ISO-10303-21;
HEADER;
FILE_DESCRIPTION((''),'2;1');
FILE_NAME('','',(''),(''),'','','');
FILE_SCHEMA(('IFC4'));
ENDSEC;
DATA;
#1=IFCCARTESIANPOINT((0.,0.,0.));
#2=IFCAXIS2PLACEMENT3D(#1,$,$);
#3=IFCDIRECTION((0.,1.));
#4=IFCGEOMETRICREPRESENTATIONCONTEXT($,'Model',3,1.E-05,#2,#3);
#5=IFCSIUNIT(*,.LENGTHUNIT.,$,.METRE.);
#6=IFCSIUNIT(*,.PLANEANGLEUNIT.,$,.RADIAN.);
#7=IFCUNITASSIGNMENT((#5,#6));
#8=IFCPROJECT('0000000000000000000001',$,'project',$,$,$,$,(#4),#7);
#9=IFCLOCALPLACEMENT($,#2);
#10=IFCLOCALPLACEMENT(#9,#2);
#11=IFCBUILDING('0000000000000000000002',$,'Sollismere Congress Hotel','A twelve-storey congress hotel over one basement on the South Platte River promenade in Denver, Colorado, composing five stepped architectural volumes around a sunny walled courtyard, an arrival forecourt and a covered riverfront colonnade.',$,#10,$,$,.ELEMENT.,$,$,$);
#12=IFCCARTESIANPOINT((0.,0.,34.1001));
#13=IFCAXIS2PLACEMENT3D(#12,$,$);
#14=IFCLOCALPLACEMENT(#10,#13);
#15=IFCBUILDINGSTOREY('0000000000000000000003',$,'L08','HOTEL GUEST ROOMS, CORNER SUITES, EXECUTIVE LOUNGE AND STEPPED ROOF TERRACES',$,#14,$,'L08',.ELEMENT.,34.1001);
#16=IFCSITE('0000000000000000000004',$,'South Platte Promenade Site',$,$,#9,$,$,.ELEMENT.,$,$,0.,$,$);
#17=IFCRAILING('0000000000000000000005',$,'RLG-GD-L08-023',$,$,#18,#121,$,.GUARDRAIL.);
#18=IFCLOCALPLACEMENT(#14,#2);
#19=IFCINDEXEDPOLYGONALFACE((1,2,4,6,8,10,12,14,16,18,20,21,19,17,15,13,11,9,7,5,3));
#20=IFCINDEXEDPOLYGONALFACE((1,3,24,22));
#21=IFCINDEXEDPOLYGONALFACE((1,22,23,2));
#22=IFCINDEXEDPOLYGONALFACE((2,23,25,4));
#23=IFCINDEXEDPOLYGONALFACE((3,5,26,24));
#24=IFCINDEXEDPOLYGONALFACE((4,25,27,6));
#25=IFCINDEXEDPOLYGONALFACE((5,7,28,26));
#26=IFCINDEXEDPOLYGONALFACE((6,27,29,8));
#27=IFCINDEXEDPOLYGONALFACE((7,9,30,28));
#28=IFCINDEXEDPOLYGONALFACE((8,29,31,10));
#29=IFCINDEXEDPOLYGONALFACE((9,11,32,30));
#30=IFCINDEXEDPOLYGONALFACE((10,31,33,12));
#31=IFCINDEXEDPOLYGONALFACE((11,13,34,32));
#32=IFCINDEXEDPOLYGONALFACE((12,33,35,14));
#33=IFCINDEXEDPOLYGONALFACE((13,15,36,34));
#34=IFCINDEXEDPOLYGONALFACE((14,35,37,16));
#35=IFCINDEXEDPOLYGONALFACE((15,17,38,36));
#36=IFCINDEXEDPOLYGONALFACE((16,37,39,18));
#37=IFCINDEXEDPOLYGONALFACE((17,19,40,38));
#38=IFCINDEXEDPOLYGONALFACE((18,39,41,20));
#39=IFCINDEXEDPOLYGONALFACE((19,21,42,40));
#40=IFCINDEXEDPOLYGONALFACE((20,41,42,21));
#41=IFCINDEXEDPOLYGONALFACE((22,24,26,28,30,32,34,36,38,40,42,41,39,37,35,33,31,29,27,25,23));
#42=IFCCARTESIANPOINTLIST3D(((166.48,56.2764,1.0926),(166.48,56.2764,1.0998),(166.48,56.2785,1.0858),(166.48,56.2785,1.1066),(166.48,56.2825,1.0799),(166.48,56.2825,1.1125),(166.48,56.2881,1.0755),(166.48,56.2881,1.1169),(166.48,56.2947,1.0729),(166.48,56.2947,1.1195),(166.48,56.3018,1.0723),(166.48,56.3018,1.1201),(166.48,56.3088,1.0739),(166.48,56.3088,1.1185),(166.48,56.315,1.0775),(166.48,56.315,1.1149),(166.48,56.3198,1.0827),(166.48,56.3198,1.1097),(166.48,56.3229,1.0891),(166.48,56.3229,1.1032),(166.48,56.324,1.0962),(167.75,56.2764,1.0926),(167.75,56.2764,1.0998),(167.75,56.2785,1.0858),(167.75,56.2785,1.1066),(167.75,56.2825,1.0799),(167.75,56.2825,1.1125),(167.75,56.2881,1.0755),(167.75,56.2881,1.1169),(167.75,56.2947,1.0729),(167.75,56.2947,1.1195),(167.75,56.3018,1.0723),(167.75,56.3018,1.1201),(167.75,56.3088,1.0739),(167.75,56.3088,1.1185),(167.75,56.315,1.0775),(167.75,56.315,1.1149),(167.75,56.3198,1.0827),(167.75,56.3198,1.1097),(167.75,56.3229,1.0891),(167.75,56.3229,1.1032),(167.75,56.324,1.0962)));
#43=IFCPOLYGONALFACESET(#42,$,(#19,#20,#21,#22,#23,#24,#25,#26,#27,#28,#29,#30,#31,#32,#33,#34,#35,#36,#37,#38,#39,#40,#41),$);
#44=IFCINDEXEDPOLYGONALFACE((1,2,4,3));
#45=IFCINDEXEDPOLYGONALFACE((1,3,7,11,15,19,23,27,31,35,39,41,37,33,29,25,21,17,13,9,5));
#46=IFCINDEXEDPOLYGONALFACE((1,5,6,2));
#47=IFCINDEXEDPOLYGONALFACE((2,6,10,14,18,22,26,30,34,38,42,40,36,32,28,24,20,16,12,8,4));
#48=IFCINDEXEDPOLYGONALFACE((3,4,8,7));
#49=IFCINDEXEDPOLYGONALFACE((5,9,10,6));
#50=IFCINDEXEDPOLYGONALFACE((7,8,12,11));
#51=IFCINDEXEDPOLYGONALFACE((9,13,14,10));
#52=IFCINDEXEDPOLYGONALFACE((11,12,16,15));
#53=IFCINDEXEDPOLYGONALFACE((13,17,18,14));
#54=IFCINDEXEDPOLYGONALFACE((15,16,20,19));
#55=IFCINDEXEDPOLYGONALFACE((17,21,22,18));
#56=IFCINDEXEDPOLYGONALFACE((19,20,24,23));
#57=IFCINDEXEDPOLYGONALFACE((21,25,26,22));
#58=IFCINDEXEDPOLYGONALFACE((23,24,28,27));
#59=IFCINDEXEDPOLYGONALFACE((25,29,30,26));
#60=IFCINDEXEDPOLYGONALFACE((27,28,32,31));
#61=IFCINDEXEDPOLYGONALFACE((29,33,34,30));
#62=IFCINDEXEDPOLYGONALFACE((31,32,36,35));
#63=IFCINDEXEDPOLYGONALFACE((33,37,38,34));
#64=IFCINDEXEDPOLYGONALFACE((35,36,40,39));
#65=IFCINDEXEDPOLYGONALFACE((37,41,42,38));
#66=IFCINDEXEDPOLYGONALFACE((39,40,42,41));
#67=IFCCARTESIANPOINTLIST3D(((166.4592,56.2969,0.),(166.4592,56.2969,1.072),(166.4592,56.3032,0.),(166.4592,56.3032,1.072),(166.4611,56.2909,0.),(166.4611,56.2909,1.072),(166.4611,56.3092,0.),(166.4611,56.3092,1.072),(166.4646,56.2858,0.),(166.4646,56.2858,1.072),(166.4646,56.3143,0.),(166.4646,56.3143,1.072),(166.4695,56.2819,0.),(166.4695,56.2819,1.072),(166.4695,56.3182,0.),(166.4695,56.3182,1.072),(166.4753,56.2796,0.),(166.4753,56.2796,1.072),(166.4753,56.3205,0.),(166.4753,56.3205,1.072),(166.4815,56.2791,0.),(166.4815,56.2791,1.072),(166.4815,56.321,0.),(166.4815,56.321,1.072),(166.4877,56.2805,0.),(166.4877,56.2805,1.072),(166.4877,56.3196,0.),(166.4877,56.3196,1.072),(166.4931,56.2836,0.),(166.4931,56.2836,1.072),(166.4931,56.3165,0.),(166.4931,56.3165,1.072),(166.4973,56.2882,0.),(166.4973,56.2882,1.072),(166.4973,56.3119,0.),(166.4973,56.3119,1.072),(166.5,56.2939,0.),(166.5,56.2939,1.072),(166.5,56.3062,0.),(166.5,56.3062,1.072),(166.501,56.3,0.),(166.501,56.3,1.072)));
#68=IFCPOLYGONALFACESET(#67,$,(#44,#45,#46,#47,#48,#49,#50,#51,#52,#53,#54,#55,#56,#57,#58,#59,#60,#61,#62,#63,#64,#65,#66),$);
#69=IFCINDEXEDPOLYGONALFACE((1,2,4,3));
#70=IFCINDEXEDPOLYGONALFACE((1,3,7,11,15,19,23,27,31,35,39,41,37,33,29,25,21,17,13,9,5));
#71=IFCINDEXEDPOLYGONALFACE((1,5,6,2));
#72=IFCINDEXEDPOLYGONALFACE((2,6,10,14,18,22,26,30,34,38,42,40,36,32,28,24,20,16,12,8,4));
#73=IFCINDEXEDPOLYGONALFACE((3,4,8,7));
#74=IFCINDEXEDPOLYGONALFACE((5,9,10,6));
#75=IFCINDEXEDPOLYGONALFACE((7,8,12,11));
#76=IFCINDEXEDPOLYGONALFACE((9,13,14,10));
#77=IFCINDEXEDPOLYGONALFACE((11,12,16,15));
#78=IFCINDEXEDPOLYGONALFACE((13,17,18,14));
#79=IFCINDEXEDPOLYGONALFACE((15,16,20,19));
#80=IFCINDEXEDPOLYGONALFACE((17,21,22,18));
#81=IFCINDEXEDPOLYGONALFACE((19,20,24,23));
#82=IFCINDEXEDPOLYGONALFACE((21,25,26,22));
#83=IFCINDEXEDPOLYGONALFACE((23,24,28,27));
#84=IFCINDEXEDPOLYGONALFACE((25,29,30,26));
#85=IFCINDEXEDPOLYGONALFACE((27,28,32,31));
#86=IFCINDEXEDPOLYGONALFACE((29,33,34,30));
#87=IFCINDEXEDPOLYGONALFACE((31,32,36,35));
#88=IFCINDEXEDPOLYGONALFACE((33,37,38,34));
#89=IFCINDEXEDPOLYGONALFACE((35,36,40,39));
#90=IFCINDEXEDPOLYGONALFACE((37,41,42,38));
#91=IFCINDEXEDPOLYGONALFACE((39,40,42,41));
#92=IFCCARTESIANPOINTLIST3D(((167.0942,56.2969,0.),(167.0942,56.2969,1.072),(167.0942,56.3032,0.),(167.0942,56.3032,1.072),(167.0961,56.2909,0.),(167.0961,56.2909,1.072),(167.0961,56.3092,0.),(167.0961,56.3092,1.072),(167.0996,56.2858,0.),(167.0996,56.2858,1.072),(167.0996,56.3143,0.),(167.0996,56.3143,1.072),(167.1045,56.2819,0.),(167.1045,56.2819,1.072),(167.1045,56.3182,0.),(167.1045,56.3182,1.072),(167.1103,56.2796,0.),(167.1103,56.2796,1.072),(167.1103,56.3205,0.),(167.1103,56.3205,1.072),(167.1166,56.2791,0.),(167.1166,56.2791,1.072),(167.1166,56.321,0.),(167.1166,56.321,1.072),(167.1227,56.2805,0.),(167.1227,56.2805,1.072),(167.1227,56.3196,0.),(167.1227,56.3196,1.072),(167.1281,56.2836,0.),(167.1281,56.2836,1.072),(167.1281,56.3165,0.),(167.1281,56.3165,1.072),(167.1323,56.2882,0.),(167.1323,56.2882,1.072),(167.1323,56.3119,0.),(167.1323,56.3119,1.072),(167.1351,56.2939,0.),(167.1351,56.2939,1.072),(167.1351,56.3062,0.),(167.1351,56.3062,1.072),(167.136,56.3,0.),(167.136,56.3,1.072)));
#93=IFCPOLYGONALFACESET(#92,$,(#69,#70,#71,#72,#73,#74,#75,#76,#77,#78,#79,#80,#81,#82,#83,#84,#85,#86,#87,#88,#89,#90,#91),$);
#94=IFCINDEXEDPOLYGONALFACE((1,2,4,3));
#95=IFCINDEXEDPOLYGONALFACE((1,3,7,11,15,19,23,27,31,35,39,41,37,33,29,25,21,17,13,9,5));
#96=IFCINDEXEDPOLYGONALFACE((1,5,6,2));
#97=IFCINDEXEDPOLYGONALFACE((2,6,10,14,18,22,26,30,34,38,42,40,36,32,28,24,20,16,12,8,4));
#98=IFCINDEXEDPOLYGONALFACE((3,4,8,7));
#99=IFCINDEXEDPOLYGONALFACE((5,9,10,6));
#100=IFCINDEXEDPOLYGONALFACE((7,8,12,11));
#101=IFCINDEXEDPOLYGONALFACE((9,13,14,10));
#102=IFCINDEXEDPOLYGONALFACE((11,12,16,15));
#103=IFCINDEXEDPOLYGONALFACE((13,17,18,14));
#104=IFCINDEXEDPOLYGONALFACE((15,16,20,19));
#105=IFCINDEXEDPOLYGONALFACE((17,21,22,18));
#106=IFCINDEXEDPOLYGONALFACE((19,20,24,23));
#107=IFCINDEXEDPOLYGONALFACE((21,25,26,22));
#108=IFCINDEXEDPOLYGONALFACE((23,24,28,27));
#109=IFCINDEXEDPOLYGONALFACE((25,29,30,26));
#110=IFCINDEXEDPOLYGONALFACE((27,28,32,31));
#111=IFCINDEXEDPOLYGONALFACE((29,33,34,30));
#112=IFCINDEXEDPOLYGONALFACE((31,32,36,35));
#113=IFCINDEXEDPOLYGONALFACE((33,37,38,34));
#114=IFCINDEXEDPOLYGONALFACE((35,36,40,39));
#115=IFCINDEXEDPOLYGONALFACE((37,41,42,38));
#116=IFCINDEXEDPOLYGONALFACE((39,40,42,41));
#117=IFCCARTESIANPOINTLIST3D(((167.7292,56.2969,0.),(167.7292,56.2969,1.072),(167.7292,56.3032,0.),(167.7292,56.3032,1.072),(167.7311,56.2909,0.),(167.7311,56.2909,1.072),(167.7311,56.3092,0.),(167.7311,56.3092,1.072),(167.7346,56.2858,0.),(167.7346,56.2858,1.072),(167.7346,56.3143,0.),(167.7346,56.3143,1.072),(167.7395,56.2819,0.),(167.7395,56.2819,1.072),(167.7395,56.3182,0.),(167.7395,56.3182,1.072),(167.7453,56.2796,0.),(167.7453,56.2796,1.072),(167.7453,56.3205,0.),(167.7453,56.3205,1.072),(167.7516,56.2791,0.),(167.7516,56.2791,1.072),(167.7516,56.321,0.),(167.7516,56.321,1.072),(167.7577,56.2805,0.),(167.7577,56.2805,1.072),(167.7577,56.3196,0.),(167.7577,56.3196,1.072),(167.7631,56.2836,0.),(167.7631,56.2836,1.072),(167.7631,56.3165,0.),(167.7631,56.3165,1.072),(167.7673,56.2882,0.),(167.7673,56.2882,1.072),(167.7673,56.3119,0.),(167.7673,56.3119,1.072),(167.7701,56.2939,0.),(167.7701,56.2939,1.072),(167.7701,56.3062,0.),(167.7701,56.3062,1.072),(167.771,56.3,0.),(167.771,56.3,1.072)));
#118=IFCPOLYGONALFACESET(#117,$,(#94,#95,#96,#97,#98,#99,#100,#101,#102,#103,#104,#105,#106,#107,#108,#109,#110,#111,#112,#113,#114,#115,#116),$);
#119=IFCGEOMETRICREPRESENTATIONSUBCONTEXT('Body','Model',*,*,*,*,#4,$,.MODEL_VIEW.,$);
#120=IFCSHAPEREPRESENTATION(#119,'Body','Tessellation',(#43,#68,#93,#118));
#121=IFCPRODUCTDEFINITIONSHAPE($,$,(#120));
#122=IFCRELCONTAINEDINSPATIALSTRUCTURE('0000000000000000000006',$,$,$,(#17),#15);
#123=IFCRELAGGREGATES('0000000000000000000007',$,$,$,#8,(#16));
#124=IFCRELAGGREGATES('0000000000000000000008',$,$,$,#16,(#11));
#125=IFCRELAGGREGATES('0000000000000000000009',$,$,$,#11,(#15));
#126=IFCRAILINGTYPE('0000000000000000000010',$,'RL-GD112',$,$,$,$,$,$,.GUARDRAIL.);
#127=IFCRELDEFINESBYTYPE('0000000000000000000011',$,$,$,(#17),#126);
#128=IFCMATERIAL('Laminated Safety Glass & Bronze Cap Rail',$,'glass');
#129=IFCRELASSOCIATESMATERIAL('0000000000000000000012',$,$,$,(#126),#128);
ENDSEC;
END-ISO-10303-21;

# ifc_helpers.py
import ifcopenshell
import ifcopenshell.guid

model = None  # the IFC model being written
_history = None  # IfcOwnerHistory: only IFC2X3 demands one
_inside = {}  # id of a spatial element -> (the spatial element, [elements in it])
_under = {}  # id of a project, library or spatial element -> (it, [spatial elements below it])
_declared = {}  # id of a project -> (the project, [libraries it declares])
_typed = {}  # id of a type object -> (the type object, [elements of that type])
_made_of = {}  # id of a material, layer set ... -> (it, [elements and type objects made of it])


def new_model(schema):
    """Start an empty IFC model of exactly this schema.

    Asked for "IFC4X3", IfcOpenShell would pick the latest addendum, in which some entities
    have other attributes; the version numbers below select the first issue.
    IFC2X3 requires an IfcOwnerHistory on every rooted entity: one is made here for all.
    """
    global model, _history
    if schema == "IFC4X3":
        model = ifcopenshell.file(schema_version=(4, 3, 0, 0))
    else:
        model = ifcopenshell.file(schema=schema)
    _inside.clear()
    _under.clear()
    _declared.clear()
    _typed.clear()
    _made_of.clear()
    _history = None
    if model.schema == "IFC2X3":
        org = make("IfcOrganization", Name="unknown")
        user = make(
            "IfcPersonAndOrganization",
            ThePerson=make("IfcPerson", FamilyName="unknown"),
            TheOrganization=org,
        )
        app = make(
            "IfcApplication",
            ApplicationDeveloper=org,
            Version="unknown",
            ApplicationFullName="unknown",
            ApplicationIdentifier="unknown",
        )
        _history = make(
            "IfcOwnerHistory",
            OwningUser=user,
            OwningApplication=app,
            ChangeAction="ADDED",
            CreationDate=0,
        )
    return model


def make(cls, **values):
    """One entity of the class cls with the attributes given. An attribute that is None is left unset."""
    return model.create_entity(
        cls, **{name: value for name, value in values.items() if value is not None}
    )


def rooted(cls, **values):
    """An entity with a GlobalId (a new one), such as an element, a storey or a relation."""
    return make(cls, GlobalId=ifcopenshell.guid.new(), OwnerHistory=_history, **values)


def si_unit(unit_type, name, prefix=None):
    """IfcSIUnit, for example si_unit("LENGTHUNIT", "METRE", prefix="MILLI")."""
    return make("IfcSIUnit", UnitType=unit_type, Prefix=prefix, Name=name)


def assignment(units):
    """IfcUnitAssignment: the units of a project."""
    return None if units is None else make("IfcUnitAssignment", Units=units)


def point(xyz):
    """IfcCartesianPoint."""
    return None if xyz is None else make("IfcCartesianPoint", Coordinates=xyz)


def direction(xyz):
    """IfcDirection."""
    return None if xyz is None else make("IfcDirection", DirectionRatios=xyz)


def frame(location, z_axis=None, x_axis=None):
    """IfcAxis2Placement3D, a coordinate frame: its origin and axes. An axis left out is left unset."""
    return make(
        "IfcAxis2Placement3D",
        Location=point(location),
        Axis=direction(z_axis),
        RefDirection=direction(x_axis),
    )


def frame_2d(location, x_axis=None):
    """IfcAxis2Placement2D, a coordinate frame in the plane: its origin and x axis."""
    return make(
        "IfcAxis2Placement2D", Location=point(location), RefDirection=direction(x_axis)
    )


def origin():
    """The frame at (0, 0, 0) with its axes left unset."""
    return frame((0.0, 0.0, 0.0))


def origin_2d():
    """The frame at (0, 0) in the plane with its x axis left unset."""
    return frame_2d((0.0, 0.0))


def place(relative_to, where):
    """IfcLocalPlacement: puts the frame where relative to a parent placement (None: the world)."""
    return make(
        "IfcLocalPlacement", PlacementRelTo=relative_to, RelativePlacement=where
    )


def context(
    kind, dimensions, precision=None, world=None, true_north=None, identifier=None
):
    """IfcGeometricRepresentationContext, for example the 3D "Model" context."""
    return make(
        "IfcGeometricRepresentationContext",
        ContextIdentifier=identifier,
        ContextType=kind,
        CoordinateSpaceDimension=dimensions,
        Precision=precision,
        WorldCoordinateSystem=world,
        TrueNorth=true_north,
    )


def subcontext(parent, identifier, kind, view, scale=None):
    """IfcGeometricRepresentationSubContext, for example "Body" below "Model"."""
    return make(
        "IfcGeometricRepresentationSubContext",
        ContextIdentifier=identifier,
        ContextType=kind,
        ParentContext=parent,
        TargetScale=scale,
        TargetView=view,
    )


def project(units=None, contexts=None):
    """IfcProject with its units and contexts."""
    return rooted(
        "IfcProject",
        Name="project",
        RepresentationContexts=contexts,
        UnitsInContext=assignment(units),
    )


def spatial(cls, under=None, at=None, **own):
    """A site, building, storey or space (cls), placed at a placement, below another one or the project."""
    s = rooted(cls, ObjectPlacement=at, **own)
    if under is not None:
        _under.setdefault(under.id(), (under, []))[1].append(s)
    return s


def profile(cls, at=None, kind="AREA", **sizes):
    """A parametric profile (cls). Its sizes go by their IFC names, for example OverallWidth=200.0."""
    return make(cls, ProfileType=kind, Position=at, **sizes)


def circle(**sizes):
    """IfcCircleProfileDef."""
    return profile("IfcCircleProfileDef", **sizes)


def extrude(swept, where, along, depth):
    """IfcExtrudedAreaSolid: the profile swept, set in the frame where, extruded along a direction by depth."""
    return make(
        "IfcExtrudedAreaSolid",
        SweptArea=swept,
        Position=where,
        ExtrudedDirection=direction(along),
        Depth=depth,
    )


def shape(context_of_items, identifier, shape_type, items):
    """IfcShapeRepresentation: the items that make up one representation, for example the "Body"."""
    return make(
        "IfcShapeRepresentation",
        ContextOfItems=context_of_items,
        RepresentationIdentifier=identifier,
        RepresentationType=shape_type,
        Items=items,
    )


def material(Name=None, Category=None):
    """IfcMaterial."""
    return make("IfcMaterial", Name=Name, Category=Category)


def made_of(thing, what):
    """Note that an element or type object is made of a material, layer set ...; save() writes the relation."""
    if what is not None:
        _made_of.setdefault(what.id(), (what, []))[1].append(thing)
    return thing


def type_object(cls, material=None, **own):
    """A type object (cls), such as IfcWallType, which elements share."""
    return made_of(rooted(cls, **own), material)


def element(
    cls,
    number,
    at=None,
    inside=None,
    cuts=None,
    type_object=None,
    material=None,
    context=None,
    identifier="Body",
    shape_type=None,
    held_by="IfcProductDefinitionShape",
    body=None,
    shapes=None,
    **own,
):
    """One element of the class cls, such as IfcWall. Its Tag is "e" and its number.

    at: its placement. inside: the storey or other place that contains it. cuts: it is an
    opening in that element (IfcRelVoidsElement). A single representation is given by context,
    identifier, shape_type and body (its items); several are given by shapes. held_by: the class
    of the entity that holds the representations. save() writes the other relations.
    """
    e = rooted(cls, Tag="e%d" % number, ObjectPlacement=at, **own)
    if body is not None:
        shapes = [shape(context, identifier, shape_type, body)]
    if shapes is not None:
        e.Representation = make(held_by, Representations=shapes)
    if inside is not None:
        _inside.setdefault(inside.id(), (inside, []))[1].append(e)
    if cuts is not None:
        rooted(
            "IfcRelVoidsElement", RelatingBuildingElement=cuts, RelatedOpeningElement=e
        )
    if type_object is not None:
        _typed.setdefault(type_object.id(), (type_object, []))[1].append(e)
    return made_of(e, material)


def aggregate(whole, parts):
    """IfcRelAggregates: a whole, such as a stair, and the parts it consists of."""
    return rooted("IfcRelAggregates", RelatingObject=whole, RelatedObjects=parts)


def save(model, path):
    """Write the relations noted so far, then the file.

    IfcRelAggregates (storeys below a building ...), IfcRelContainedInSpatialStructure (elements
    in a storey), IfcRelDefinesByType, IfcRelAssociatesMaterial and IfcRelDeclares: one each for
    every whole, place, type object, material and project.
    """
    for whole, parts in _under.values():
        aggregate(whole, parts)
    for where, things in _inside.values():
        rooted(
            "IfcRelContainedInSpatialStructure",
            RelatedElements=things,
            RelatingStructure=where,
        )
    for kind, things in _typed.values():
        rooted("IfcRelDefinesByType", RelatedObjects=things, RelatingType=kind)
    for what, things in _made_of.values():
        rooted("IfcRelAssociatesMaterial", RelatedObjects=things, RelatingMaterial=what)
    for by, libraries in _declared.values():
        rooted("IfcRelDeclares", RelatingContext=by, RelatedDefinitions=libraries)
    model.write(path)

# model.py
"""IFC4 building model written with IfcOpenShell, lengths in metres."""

from ifc_helpers import new_model, si_unit, direction, frame, origin, origin_2d, place, context, subcontext, project, spatial, circle, extrude, material, type_object, element, save


model = new_model("IFC4")

# Units and contexts
model_context = context("Model", 3, precision=1e-05, world=origin(), true_north=direction((0.0, 1.0)))
body_context = subcontext(model_context, "Body", "Model", "MODEL_VIEW")
ifc_project = project(units=[si_unit("LENGTHUNIT", "METRE"), si_unit("PLANEANGLEUNIT", "RADIAN")], contexts=[model_context])

# Site, building, storey
site_placement = place(None, origin())
site = spatial("IfcSite", under=ifc_project, at=site_placement, Name="South Platte Promenade Site", CompositionType="ELEMENT", RefElevation=0.0)
building_placement = place(site_placement, origin())
building = spatial("IfcBuilding", under=site, at=building_placement, Name="Sollismere Congress Hotel", Description="A twelve-storey congress hotel over one basement on the South Platte River promenade in Denver, Colorado, composing five stepped architectural volumes around a sunny walled courtyard, an arrival forecourt and a covered riverfront colonnade.", CompositionType="ELEMENT")
storey_placement = place(building_placement, frame((0.0, 0.0, 34.1001)))
storey = spatial("IfcBuildingStorey", under=building, at=storey_placement, Name="L08", Description="HOTEL GUEST ROOMS, CORNER SUITES, EXECUTIVE LOUNGE AND STEPPED ROOF TERRACES", LongName="L08", CompositionType="ELEMENT", Elevation=34.1001)

# Railing
ifc_material_1 = material(Name="Laminated Safety Glass & Bronze Cap Rail", Category="glass")
railing_type = type_object("IfcRailingType", Name="RL-GD112", PredefinedType="GUARDRAIL", material=ifc_material_1)
railing_1_placement = place(storey_placement, frame((166.48, 56.3, 0.0)))
element("IfcRailing", 1, at=railing_1_placement, inside=storey, type_object=railing_type, Name="RLG-GD-L08-023", PredefinedType="GUARDRAIL", context=body_context, shape_type="SweptSolid", body=[
    extrude(circle(Radius=0.0239, at=origin_2d()), frame((0.0, 0.0, 1.0962), z_axis=(1.0, 0.0, 0.0), x_axis=(0.0, 1.0, 0.0)), (0.0, 0.0, 1.0), 1.27),
    extrude(circle(Radius=0.021, at=origin_2d()), origin(), (0.0, 0.0, 1.0), 1.072),
    extrude(circle(Radius=0.021, at=origin_2d()), frame((0.635, 0.0, 0.0)), (0.0, 0.0, 1.0), 1.072),
    extrude(circle(Radius=0.021, at=origin_2d()), frame((1.27, 0.0, 0.0)), (0.0, 0.0, 1.0), 1.072),
])

save(model, "model.ifc")
